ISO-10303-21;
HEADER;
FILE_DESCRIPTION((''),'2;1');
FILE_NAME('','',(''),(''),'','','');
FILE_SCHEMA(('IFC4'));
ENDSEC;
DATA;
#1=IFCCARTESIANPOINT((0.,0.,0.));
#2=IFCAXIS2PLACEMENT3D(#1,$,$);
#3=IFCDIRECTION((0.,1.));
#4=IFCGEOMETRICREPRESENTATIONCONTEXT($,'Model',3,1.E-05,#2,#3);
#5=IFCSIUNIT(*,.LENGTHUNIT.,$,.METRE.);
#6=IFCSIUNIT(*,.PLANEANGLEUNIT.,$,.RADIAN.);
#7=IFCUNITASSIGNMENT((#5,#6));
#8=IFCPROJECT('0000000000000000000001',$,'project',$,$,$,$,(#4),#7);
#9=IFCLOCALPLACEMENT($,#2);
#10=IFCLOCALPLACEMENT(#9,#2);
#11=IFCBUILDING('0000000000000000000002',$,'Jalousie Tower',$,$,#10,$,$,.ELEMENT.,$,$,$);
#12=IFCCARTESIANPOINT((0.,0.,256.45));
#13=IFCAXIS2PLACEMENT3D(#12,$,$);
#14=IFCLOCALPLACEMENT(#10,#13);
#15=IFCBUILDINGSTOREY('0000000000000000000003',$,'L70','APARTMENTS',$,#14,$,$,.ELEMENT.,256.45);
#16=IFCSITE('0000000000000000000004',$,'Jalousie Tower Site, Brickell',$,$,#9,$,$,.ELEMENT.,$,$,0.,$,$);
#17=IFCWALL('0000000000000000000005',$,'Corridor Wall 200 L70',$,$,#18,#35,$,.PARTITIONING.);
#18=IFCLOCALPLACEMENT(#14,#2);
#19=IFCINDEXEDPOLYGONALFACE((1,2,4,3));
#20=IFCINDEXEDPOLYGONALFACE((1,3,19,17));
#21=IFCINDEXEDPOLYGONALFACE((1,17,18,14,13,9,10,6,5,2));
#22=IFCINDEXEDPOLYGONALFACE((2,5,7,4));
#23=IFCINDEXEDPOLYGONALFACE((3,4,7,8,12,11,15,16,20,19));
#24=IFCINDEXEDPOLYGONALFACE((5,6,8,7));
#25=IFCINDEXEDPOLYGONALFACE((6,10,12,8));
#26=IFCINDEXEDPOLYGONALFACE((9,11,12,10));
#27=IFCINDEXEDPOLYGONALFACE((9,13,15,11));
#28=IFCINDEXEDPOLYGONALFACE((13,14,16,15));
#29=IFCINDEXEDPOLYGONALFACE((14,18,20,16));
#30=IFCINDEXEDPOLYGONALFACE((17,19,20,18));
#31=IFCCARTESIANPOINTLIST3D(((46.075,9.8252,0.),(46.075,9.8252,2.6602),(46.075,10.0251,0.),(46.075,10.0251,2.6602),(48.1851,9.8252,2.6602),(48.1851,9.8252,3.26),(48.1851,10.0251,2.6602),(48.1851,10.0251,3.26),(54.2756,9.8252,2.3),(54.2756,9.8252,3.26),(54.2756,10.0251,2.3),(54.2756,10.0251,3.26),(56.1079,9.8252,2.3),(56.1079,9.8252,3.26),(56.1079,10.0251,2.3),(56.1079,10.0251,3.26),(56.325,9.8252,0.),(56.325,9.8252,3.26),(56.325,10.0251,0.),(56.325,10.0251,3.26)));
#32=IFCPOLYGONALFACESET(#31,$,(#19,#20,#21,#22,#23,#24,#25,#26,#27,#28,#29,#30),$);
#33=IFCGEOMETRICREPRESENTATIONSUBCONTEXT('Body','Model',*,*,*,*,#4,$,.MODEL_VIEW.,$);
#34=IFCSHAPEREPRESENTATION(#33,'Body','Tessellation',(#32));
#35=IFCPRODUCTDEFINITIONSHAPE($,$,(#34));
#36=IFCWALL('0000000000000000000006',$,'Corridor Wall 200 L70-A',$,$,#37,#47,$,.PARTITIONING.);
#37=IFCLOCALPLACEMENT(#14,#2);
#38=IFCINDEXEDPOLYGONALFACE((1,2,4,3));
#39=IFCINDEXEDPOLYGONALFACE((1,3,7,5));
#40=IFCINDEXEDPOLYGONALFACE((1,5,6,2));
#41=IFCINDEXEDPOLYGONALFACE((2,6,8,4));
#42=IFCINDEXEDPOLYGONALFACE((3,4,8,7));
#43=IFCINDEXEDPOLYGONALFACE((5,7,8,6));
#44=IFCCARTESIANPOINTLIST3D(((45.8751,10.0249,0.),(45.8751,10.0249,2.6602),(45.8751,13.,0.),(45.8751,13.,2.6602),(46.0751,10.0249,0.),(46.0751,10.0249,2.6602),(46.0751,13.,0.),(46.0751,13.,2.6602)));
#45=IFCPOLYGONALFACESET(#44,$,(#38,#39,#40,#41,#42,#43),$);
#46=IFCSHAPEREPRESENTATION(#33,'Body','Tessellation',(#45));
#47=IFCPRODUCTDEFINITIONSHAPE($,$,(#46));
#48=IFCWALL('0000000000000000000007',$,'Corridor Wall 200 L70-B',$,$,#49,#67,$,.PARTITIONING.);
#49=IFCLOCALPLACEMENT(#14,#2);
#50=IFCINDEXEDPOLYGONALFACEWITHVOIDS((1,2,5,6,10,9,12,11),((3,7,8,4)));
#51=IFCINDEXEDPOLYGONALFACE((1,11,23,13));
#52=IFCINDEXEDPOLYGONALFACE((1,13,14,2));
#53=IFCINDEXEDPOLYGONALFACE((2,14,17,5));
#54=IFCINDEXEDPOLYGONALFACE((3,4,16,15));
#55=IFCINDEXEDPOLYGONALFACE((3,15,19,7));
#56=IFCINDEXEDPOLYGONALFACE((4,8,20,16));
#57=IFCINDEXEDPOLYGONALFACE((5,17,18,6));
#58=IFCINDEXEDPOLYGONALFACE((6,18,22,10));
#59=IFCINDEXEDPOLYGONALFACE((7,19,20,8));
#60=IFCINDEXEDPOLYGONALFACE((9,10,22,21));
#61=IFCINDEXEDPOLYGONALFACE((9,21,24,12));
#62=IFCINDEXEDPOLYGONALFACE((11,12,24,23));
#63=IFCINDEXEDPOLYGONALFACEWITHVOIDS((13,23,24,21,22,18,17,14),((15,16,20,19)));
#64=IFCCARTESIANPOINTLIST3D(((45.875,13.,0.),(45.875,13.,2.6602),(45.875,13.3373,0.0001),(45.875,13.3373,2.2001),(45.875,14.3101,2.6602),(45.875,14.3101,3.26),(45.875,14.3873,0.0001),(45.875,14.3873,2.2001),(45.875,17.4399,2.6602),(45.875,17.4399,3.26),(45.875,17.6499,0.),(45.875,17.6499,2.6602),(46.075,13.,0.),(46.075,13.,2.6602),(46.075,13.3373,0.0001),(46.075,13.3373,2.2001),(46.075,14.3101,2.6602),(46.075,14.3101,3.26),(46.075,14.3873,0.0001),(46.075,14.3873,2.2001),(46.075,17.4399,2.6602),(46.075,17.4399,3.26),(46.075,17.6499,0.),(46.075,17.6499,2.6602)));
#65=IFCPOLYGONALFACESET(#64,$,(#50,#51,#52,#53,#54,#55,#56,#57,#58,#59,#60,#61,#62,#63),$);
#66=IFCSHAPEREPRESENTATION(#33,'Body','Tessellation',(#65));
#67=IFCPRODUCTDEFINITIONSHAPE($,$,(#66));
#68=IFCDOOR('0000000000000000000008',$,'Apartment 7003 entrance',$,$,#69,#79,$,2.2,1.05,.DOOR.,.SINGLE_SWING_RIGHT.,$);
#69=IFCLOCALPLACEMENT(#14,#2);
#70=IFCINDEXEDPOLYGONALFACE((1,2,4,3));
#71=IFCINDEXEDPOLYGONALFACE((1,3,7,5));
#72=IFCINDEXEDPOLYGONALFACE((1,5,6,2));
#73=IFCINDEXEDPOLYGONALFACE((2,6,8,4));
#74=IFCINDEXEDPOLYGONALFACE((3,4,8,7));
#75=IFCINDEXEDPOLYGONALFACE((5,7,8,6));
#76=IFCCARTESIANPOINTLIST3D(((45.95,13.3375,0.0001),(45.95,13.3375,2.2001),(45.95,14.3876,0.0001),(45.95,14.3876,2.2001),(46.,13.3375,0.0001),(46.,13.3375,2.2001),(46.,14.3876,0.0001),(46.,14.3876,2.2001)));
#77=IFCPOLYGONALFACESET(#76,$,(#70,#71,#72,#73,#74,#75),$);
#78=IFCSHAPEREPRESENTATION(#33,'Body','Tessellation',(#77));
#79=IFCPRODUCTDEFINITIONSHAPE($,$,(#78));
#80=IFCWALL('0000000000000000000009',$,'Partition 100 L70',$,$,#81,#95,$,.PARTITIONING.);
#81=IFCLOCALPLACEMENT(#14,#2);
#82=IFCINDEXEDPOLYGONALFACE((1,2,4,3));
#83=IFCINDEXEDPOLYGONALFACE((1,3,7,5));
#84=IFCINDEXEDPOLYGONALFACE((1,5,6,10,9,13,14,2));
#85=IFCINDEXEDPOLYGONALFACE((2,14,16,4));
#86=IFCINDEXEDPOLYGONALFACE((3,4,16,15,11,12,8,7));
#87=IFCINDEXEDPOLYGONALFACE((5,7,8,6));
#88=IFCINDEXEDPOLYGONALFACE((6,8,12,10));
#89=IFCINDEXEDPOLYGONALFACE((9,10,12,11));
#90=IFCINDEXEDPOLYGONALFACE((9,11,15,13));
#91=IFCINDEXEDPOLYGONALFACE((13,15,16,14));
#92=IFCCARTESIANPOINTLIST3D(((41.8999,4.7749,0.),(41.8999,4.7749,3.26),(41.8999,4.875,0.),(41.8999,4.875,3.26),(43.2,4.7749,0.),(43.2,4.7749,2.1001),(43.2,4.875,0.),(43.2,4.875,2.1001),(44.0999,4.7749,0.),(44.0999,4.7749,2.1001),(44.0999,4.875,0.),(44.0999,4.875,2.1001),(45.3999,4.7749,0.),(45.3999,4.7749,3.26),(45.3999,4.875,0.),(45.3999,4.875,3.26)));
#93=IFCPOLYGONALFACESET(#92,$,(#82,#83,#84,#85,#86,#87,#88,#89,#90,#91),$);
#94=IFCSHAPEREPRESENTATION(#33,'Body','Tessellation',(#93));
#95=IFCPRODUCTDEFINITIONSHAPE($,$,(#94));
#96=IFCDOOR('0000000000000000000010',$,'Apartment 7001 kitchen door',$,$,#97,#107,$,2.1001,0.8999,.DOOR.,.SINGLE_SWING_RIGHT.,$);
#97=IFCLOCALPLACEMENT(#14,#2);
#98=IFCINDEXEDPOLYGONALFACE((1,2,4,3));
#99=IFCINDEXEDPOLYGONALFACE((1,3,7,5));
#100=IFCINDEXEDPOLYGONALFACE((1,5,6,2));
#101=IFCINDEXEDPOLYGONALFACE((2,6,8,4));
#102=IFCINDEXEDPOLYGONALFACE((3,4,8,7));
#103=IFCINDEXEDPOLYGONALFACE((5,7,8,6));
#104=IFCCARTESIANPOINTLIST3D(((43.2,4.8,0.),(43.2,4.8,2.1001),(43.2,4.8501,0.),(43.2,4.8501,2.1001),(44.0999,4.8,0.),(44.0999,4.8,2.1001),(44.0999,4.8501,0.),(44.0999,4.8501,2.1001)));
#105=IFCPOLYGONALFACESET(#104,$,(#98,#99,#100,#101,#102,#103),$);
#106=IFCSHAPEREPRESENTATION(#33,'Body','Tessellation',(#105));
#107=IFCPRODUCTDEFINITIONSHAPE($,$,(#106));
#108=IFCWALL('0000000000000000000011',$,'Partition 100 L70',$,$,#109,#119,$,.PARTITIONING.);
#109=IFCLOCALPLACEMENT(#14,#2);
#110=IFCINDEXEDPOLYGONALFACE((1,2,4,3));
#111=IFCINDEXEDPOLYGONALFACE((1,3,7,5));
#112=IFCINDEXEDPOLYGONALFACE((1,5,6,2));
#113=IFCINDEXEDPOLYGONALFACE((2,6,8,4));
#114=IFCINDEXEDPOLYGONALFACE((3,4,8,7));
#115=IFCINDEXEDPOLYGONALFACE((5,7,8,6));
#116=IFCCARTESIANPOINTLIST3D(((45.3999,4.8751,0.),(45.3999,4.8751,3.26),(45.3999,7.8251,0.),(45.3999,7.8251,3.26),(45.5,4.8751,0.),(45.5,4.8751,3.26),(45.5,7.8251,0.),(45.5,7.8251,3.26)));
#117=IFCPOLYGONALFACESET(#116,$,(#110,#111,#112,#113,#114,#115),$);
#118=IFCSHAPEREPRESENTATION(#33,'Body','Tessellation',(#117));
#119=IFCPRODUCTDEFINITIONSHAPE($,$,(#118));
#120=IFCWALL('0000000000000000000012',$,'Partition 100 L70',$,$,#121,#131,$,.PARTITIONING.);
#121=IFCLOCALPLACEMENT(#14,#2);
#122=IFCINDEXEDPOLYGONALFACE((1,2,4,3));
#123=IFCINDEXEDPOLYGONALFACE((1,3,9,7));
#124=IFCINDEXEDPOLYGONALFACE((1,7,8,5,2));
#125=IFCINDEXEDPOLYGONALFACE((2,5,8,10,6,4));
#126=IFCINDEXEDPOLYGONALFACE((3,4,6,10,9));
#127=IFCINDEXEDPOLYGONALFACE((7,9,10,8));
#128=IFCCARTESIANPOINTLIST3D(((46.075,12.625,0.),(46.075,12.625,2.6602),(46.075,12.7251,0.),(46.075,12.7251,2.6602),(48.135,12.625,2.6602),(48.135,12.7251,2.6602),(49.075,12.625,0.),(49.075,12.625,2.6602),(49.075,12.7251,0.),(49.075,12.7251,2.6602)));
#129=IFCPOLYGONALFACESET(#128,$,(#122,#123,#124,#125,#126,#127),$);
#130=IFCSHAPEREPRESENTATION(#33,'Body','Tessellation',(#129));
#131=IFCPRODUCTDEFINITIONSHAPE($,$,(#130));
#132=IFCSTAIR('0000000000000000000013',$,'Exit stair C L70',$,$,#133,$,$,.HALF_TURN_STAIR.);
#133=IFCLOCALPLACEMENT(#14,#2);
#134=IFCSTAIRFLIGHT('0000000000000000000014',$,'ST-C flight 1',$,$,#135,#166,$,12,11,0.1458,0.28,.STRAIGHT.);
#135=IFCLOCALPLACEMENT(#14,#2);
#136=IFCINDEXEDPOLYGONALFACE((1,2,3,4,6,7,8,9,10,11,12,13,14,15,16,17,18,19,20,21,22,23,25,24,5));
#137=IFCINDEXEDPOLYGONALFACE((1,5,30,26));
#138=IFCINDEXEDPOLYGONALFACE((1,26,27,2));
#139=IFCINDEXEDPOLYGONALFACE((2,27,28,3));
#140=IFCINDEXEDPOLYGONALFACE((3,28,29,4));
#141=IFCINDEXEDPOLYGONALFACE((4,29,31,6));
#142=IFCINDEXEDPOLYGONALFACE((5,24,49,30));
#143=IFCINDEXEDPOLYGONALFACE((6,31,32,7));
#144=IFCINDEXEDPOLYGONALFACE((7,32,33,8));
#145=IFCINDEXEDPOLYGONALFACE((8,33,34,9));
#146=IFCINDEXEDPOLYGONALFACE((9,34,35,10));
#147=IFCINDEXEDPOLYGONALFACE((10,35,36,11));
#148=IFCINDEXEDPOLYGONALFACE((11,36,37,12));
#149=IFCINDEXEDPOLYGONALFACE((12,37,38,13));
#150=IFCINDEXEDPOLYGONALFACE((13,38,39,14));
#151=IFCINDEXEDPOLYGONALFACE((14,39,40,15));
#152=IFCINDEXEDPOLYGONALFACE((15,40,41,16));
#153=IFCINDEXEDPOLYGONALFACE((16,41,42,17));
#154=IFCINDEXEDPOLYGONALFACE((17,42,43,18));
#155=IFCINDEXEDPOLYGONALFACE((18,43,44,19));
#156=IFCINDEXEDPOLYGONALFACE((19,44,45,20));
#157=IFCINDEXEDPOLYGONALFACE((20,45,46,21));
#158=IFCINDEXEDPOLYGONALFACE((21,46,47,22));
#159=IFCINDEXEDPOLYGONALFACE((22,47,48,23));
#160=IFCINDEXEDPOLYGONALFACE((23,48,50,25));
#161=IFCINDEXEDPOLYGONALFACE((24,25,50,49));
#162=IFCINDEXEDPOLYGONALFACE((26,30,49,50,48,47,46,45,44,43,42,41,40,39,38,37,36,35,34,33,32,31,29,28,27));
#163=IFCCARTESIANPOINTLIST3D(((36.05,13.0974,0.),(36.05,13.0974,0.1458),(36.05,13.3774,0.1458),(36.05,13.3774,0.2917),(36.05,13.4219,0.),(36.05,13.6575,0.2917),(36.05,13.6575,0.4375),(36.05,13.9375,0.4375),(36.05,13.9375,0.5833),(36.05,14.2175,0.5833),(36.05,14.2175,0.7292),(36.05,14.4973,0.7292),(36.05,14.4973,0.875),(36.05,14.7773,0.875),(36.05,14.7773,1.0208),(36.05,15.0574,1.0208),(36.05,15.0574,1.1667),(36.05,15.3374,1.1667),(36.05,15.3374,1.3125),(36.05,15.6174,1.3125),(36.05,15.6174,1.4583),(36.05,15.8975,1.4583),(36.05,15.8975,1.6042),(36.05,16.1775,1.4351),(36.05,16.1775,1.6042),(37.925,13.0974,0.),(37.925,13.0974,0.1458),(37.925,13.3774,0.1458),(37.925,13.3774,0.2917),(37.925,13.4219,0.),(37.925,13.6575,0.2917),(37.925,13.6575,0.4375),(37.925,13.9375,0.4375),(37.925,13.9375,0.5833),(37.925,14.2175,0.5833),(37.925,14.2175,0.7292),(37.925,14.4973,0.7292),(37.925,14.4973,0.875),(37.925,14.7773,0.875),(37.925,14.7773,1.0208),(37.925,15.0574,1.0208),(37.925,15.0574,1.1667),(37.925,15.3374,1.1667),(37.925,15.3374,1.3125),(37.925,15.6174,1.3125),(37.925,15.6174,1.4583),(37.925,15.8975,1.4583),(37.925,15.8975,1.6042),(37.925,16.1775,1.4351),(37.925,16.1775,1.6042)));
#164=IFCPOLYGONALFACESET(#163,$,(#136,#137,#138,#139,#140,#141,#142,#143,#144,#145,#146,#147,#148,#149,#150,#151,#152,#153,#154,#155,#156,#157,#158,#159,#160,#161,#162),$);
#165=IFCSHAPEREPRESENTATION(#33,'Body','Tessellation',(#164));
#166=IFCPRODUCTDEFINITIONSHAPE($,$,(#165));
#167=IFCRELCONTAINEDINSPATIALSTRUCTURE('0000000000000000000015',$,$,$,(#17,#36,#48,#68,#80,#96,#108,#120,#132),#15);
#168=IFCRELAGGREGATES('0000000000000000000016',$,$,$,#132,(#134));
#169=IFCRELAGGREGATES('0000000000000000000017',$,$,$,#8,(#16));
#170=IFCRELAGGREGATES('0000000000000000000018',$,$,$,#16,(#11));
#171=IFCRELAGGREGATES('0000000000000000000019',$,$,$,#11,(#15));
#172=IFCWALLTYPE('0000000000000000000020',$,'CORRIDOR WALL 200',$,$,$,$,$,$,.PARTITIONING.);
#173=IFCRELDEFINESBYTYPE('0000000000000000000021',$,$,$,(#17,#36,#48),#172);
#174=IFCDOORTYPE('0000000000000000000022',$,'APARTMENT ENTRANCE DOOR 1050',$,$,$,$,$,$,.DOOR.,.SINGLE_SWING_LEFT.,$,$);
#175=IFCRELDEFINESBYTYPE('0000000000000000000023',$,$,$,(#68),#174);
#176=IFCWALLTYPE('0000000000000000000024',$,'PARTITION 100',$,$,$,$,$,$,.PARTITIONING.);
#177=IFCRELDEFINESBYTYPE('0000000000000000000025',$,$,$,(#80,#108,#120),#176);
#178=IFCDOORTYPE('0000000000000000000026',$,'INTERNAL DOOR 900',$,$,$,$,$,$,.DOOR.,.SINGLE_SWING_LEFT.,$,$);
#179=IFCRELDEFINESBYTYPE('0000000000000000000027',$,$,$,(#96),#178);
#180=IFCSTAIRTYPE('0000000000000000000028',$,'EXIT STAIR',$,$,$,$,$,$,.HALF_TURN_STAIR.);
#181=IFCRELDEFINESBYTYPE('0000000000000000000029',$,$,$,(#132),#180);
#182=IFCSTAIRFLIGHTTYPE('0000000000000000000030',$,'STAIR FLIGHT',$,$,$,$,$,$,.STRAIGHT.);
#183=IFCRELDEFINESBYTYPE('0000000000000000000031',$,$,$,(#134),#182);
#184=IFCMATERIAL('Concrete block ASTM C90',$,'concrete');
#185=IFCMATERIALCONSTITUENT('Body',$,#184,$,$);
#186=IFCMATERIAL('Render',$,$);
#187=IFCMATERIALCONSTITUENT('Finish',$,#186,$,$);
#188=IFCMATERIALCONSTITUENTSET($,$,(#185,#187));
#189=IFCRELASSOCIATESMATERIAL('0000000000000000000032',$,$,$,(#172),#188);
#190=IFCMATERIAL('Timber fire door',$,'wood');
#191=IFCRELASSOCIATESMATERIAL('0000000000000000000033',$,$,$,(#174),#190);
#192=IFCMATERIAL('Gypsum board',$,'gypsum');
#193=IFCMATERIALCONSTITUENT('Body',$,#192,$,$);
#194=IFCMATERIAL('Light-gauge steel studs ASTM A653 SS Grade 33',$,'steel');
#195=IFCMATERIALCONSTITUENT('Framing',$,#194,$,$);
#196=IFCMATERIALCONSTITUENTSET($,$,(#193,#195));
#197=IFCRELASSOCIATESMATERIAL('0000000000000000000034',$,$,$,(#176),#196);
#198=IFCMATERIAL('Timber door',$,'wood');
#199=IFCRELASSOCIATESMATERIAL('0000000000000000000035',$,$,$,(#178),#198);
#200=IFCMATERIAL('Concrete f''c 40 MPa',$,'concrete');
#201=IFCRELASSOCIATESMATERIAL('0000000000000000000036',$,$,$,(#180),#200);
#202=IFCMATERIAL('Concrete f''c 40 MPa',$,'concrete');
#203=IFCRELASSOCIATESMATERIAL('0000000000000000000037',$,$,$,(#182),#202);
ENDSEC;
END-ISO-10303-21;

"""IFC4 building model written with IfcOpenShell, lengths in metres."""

from ifc_helpers import new_model, si_unit, direction, frame, frame_2d, origin, place, context, subcontext, project, spatial, polyline, rectangle, outline, extrude, material, constituent, constituent_set, type_object, element, fill, aggregate, save


model = new_model("IFC4")

# Units and contexts
model_context = context("Model", 3, precision=1e-05, world=origin(), true_north=direction((0.0, 1.0)))
body_context = subcontext(model_context, "Body", "Model", "MODEL_VIEW")
ifc_project = project(units=[si_unit("LENGTHUNIT", "METRE"), si_unit("PLANEANGLEUNIT", "RADIAN")], contexts=[model_context])

# Site, building, storey
site_placement = place(None, origin())
site = spatial("IfcSite", under=ifc_project, at=site_placement, Name="Jalousie Tower Site, Brickell", CompositionType="ELEMENT", RefElevation=0.0)
building_placement = place(site_placement, origin())
building = spatial("IfcBuilding", under=site, at=building_placement, Name="Jalousie Tower", CompositionType="ELEMENT")
storey_placement = place(building_placement, frame((0.0, 0.0, 256.45)))
storey = spatial("IfcBuildingStorey", under=building, at=storey_placement, Name="L70", Description="APARTMENTS", CompositionType="ELEMENT", Elevation=256.45)

# Walls
ifc_material_1 = material(Name="Concrete block ASTM C90", Category="concrete")
ifc_constituent_1 = constituent(ifc_material_1, Name="Body")
ifc_material_2 = material(Name="Render")
ifc_constituent_2 = constituent(ifc_material_2, Name="Finish")
ifc_constituent_set_1 = constituent_set(constituents=[ifc_constituent_1, ifc_constituent_2])
wall_type_1 = type_object("IfcWallType", Name="CORRIDOR WALL 200", PredefinedType="PARTITIONING", material=ifc_constituent_set_1)
wall_1_placement = place(storey_placement, frame((46.075, 9.925, 0.0), z_axis=(0.0, 0.0, 1.0), x_axis=(1.0, 0.0, 0.0)))
element("IfcWall", 1, at=wall_1_placement, inside=storey, type_object=wall_type_1, Name="Corridor Wall 200 L70", PredefinedType="PARTITIONING", context=body_context, shape_type="SweptSolid", body=[
    extrude(outline(polyline([(0.0, 0.0), (10.25, 0.0), (10.25, 3.26), (10.033, 3.26), (10.033, 2.3), (8.2007, 2.3), (8.2007, 3.26), (2.1101, 3.26), (2.1101, 2.6602), (0.0, 2.6602), (0.0, 3.26), (0.0, 0.0)])), frame((0.0, 0.1001, 0.0), z_axis=(0.0, -1.0, 0.0), x_axis=(1.0, 0.0, 0.0)), (0.0, 0.0, 1.0), 0.2),
])
wall_2_placement = place(storey_placement, frame((45.9751, 10.0249, 0.0), z_axis=(0.0, 0.0, 1.0), x_axis=(0.0, 1.0, 0.0)))
element("IfcWall", 2, at=wall_2_placement, inside=storey, type_object=wall_type_1, Name="Corridor Wall 200 L70-A", PredefinedType="PARTITIONING", context=body_context, shape_type="SweptSolid", body=[
    extrude(rectangle(XDim=2.9751, YDim=0.2, at=frame_2d((1.4875, 0.0))), origin(), (0.0, 0.0, 1.0), 2.6602),
])

# Walls, openings, doors
wall_3_placement = place(storey_placement, frame((45.9751, 13.0, 0.0), z_axis=(0.0, 0.0, 1.0), x_axis=(0.0, 1.0, 0.0)))
wall_3 = element("IfcWall", 3, at=wall_3_placement, inside=storey, type_object=wall_type_1, Name="Corridor Wall 200 L70-B", PredefinedType="PARTITIONING", context=body_context, shape_type="SweptSolid", body=[
    extrude(outline(polyline([(0.0, 0.0), (4.6499, 0.0), (4.6499, 2.6602), (4.4399, 2.6602), (4.4399, 3.26), (1.3101, 3.26), (1.3101, 2.6602), (0.0, 2.6602), (0.0, 0.0)])), frame((0.0, 0.1001, 0.0), z_axis=(0.0, -1.0, 0.0), x_axis=(1.0, 0.0, 0.0)), (0.0, 0.0, 1.0), 0.2),
])
opening_1_placement = place(wall_3_placement, frame((0.3374, 0.0, 0.0)))
opening_1 = element("IfcOpeningElement", 4, at=opening_1_placement, cuts=wall_3, PredefinedType="OPENING", context=body_context, shape_type="SweptSolid", body=[
    extrude(rectangle(XDim=1.05, YDim=2.2, at=frame_2d((0.5249, 1.1001))), frame((0.0, 0.1099, 0.0), z_axis=(0.0, -1.0, 0.0), x_axis=(1.0, 0.0, 0.0)), (0.0, 0.0, 1.0), 0.22),
])
ifc_material_3 = material(Name="Timber fire door", Category="wood")
door_type_1 = type_object("IfcDoorType", Name="APARTMENT ENTRANCE DOOR 1050", OperationType="SINGLE_SWING_LEFT", PredefinedType="DOOR", material=ifc_material_3)
door_1_placement = place(opening_1_placement, frame((1.05, 0.0, 0.0), z_axis=(0.0, 0.0, 1.0), x_axis=(-1.0, 0.0, 0.0)))
door_1 = element("IfcDoor", 5, at=door_1_placement, inside=storey, type_object=door_type_1, Name="Apartment 7003 entrance", OperationType="SINGLE_SWING_RIGHT", OverallHeight=2.2, OverallWidth=1.05, PredefinedType="DOOR", context=body_context, shape_type="SweptSolid", body=[
    extrude(rectangle(XDim=1.05, YDim=2.2, at=frame_2d((0.5249, 1.1001))), frame((0.0, 0.0249, 0.0), z_axis=(0.0, -1.0, 0.0), x_axis=(1.0, 0.0, 0.0)), (0.0, 0.0, 1.0), 0.05),
])
fill(opening_1, door_1)
ifc_material_4 = material(Name="Gypsum board", Category="gypsum")
ifc_constituent_3 = constituent(ifc_material_4, Name="Body")
ifc_material_5 = material(Name="Light-gauge steel studs ASTM A653 SS Grade 33", Category="steel")
ifc_constituent_4 = constituent(ifc_material_5, Name="Framing")
ifc_constituent_set_2 = constituent_set(constituents=[ifc_constituent_3, ifc_constituent_4])
wall_type_2 = type_object("IfcWallType", Name="PARTITION 100", PredefinedType="PARTITIONING", material=ifc_constituent_set_2)
wall_4_placement = place(storey_placement, frame((41.8999, 4.825, 0.0), z_axis=(0.0, 0.0, 1.0), x_axis=(1.0, 0.0, 0.0)))
wall_4 = element("IfcWall", 6, at=wall_4_placement, inside=storey, type_object=wall_type_2, Name="Partition 100 L70", PredefinedType="PARTITIONING", context=body_context, shape_type="SweptSolid", body=[
    extrude(rectangle(XDim=3.5, YDim=0.1001, at=frame_2d((1.75, 0.0))), origin(), (0.0, 0.0, 1.0), 3.26),
])
opening_2_placement = place(wall_4_placement, frame((1.3, 0.0, 0.0)))
opening_2 = element("IfcOpeningElement", 7, at=opening_2_placement, cuts=wall_4, PredefinedType="OPENING", context=body_context, shape_type="SweptSolid", body=[
    extrude(rectangle(XDim=0.8999, YDim=2.1001, at=frame_2d((0.45, 1.05))), frame((0.0, 0.0601, 0.0), z_axis=(0.0, -1.0, 0.0), x_axis=(1.0, 0.0, 0.0)), (0.0, 0.0, 1.0), 0.1201),
])
ifc_material_6 = material(Name="Timber door", Category="wood")
door_type_2 = type_object("IfcDoorType", Name="INTERNAL DOOR 900", OperationType="SINGLE_SWING_LEFT", PredefinedType="DOOR", material=ifc_material_6)
door_2_placement = place(opening_2_placement, frame((0.8999, 0.0, 0.0), z_axis=(0.0, 0.0, 1.0), x_axis=(-1.0, 0.0, 0.0)))
door_2 = element("IfcDoor", 8, at=door_2_placement, inside=storey, type_object=door_type_2, Name="Apartment 7001 kitchen door", OperationType="SINGLE_SWING_RIGHT", OverallHeight=2.1001, OverallWidth=0.8999, PredefinedType="DOOR", context=body_context, shape_type="SweptSolid", body=[
    extrude(rectangle(XDim=0.8999, YDim=2.1001, at=frame_2d((0.45, 1.05))), frame((0.0, 0.0249, 0.0), z_axis=(0.0, -1.0, 0.0), x_axis=(1.0, 0.0, 0.0)), (0.0, 0.0, 1.0), 0.05),
])
fill(opening_2, door_2)

# Walls
wall_5_placement = place(storey_placement, frame((45.45, 4.875, 0.0), z_axis=(0.0, 0.0, 1.0), x_axis=(0.0, 1.0, 0.0)))
element("IfcWall", 9, at=wall_5_placement, inside=storey, type_object=wall_type_2, Name="Partition 100 L70", PredefinedType="PARTITIONING", context=body_context, shape_type="SweptSolid", body=[
    extrude(rectangle(XDim=2.95, YDim=0.1001, at=frame_2d((1.4751, 0.0))), origin(), (0.0, 0.0, 1.0), 3.26),
])
wall_6_placement = place(storey_placement, frame((46.075, 12.675, 0.0), z_axis=(0.0, 0.0, 1.0), x_axis=(1.0, 0.0, 0.0)))
element("IfcWall", 10, at=wall_6_placement, inside=storey, type_object=wall_type_2, Name="Partition 100 L70", PredefinedType="PARTITIONING", context=body_context, shape_type="SweptSolid", body=[
    extrude(outline(polyline([(0.0, 0.0), (3.0, 0.0), (3.0, 3.26), (3.0, 2.6602), (2.0601, 2.6602), (0.0, 2.6602), (0.0, 3.26), (0.0, 0.0)])), frame((0.0, 0.05, 0.0), z_axis=(0.0, -1.0, 0.0), x_axis=(1.0, 0.0, 0.0)), (0.0, 0.0, 1.0), 0.1001),
])

# Stair, stair flight
ifc_material_7 = material(Name="Concrete f'c 40 MPa", Category="concrete")
stair_type = type_object("IfcStairType", Name="EXIT STAIR", PredefinedType="HALF_TURN_STAIR", material=ifc_material_7)
stair_placement = place(storey_placement, origin())
stair = element("IfcStair", 11, at=stair_placement, inside=storey, type_object=stair_type, Name="Exit stair C L70", PredefinedType="HALF_TURN_STAIR")
ifc_material_8 = material(Name="Concrete f'c 40 MPa", Category="concrete")
stair_flight_type = type_object("IfcStairFlightType", Name="STAIR FLIGHT", PredefinedType="STRAIGHT", material=ifc_material_8)
stair_flight_1_placement = place(storey_placement, frame((36.9875, 13.0974, 0.0), z_axis=(0.0, 0.0, 1.0), x_axis=(0.0, 1.0, 0.0)))
stair_flight_1 = element("IfcStairFlight", 12, at=stair_flight_1_placement, type_object=stair_flight_type, Name="ST-C flight 1", NumberOfRisers=12, NumberOfTreads=11, PredefinedType="STRAIGHT", RiserHeight=0.1458, TreadLength=0.28, context=body_context, shape_type="SweptSolid", body=[
    extrude(outline(polyline([(0.0, 0.0), (0.0, 0.1458), (0.28, 0.1458), (0.28, 0.2917), (0.5601, 0.2917), (0.5601, 0.4375), (0.8401, 0.4375), (0.8401, 0.5833), (1.1201, 0.5833), (1.1201, 0.7292), (1.3999, 0.7292), (1.3999, 0.875), (1.6799, 0.875), (1.6799, 1.0208), (1.96, 1.0208), (1.96, 1.1667), (2.24, 1.1667), (2.24, 1.3125), (2.52, 1.3125), (2.52, 1.4583), (2.8, 1.4583), (2.8, 1.6042), (3.0801, 1.6042), (3.0801, 1.75), (3.0801, 1.4351), (0.3245, 0.0), (0.0, 0.0)])), frame((0.0, 0.9375, 0.0), z_axis=(0.0, -1.0, 0.0), x_axis=(1.0, 0.0, 0.0)), (0.0, 0.0, 1.0), 1.875),
])
aggregate(stair, [stair_flight_1])

save(model, "model.ifc")
